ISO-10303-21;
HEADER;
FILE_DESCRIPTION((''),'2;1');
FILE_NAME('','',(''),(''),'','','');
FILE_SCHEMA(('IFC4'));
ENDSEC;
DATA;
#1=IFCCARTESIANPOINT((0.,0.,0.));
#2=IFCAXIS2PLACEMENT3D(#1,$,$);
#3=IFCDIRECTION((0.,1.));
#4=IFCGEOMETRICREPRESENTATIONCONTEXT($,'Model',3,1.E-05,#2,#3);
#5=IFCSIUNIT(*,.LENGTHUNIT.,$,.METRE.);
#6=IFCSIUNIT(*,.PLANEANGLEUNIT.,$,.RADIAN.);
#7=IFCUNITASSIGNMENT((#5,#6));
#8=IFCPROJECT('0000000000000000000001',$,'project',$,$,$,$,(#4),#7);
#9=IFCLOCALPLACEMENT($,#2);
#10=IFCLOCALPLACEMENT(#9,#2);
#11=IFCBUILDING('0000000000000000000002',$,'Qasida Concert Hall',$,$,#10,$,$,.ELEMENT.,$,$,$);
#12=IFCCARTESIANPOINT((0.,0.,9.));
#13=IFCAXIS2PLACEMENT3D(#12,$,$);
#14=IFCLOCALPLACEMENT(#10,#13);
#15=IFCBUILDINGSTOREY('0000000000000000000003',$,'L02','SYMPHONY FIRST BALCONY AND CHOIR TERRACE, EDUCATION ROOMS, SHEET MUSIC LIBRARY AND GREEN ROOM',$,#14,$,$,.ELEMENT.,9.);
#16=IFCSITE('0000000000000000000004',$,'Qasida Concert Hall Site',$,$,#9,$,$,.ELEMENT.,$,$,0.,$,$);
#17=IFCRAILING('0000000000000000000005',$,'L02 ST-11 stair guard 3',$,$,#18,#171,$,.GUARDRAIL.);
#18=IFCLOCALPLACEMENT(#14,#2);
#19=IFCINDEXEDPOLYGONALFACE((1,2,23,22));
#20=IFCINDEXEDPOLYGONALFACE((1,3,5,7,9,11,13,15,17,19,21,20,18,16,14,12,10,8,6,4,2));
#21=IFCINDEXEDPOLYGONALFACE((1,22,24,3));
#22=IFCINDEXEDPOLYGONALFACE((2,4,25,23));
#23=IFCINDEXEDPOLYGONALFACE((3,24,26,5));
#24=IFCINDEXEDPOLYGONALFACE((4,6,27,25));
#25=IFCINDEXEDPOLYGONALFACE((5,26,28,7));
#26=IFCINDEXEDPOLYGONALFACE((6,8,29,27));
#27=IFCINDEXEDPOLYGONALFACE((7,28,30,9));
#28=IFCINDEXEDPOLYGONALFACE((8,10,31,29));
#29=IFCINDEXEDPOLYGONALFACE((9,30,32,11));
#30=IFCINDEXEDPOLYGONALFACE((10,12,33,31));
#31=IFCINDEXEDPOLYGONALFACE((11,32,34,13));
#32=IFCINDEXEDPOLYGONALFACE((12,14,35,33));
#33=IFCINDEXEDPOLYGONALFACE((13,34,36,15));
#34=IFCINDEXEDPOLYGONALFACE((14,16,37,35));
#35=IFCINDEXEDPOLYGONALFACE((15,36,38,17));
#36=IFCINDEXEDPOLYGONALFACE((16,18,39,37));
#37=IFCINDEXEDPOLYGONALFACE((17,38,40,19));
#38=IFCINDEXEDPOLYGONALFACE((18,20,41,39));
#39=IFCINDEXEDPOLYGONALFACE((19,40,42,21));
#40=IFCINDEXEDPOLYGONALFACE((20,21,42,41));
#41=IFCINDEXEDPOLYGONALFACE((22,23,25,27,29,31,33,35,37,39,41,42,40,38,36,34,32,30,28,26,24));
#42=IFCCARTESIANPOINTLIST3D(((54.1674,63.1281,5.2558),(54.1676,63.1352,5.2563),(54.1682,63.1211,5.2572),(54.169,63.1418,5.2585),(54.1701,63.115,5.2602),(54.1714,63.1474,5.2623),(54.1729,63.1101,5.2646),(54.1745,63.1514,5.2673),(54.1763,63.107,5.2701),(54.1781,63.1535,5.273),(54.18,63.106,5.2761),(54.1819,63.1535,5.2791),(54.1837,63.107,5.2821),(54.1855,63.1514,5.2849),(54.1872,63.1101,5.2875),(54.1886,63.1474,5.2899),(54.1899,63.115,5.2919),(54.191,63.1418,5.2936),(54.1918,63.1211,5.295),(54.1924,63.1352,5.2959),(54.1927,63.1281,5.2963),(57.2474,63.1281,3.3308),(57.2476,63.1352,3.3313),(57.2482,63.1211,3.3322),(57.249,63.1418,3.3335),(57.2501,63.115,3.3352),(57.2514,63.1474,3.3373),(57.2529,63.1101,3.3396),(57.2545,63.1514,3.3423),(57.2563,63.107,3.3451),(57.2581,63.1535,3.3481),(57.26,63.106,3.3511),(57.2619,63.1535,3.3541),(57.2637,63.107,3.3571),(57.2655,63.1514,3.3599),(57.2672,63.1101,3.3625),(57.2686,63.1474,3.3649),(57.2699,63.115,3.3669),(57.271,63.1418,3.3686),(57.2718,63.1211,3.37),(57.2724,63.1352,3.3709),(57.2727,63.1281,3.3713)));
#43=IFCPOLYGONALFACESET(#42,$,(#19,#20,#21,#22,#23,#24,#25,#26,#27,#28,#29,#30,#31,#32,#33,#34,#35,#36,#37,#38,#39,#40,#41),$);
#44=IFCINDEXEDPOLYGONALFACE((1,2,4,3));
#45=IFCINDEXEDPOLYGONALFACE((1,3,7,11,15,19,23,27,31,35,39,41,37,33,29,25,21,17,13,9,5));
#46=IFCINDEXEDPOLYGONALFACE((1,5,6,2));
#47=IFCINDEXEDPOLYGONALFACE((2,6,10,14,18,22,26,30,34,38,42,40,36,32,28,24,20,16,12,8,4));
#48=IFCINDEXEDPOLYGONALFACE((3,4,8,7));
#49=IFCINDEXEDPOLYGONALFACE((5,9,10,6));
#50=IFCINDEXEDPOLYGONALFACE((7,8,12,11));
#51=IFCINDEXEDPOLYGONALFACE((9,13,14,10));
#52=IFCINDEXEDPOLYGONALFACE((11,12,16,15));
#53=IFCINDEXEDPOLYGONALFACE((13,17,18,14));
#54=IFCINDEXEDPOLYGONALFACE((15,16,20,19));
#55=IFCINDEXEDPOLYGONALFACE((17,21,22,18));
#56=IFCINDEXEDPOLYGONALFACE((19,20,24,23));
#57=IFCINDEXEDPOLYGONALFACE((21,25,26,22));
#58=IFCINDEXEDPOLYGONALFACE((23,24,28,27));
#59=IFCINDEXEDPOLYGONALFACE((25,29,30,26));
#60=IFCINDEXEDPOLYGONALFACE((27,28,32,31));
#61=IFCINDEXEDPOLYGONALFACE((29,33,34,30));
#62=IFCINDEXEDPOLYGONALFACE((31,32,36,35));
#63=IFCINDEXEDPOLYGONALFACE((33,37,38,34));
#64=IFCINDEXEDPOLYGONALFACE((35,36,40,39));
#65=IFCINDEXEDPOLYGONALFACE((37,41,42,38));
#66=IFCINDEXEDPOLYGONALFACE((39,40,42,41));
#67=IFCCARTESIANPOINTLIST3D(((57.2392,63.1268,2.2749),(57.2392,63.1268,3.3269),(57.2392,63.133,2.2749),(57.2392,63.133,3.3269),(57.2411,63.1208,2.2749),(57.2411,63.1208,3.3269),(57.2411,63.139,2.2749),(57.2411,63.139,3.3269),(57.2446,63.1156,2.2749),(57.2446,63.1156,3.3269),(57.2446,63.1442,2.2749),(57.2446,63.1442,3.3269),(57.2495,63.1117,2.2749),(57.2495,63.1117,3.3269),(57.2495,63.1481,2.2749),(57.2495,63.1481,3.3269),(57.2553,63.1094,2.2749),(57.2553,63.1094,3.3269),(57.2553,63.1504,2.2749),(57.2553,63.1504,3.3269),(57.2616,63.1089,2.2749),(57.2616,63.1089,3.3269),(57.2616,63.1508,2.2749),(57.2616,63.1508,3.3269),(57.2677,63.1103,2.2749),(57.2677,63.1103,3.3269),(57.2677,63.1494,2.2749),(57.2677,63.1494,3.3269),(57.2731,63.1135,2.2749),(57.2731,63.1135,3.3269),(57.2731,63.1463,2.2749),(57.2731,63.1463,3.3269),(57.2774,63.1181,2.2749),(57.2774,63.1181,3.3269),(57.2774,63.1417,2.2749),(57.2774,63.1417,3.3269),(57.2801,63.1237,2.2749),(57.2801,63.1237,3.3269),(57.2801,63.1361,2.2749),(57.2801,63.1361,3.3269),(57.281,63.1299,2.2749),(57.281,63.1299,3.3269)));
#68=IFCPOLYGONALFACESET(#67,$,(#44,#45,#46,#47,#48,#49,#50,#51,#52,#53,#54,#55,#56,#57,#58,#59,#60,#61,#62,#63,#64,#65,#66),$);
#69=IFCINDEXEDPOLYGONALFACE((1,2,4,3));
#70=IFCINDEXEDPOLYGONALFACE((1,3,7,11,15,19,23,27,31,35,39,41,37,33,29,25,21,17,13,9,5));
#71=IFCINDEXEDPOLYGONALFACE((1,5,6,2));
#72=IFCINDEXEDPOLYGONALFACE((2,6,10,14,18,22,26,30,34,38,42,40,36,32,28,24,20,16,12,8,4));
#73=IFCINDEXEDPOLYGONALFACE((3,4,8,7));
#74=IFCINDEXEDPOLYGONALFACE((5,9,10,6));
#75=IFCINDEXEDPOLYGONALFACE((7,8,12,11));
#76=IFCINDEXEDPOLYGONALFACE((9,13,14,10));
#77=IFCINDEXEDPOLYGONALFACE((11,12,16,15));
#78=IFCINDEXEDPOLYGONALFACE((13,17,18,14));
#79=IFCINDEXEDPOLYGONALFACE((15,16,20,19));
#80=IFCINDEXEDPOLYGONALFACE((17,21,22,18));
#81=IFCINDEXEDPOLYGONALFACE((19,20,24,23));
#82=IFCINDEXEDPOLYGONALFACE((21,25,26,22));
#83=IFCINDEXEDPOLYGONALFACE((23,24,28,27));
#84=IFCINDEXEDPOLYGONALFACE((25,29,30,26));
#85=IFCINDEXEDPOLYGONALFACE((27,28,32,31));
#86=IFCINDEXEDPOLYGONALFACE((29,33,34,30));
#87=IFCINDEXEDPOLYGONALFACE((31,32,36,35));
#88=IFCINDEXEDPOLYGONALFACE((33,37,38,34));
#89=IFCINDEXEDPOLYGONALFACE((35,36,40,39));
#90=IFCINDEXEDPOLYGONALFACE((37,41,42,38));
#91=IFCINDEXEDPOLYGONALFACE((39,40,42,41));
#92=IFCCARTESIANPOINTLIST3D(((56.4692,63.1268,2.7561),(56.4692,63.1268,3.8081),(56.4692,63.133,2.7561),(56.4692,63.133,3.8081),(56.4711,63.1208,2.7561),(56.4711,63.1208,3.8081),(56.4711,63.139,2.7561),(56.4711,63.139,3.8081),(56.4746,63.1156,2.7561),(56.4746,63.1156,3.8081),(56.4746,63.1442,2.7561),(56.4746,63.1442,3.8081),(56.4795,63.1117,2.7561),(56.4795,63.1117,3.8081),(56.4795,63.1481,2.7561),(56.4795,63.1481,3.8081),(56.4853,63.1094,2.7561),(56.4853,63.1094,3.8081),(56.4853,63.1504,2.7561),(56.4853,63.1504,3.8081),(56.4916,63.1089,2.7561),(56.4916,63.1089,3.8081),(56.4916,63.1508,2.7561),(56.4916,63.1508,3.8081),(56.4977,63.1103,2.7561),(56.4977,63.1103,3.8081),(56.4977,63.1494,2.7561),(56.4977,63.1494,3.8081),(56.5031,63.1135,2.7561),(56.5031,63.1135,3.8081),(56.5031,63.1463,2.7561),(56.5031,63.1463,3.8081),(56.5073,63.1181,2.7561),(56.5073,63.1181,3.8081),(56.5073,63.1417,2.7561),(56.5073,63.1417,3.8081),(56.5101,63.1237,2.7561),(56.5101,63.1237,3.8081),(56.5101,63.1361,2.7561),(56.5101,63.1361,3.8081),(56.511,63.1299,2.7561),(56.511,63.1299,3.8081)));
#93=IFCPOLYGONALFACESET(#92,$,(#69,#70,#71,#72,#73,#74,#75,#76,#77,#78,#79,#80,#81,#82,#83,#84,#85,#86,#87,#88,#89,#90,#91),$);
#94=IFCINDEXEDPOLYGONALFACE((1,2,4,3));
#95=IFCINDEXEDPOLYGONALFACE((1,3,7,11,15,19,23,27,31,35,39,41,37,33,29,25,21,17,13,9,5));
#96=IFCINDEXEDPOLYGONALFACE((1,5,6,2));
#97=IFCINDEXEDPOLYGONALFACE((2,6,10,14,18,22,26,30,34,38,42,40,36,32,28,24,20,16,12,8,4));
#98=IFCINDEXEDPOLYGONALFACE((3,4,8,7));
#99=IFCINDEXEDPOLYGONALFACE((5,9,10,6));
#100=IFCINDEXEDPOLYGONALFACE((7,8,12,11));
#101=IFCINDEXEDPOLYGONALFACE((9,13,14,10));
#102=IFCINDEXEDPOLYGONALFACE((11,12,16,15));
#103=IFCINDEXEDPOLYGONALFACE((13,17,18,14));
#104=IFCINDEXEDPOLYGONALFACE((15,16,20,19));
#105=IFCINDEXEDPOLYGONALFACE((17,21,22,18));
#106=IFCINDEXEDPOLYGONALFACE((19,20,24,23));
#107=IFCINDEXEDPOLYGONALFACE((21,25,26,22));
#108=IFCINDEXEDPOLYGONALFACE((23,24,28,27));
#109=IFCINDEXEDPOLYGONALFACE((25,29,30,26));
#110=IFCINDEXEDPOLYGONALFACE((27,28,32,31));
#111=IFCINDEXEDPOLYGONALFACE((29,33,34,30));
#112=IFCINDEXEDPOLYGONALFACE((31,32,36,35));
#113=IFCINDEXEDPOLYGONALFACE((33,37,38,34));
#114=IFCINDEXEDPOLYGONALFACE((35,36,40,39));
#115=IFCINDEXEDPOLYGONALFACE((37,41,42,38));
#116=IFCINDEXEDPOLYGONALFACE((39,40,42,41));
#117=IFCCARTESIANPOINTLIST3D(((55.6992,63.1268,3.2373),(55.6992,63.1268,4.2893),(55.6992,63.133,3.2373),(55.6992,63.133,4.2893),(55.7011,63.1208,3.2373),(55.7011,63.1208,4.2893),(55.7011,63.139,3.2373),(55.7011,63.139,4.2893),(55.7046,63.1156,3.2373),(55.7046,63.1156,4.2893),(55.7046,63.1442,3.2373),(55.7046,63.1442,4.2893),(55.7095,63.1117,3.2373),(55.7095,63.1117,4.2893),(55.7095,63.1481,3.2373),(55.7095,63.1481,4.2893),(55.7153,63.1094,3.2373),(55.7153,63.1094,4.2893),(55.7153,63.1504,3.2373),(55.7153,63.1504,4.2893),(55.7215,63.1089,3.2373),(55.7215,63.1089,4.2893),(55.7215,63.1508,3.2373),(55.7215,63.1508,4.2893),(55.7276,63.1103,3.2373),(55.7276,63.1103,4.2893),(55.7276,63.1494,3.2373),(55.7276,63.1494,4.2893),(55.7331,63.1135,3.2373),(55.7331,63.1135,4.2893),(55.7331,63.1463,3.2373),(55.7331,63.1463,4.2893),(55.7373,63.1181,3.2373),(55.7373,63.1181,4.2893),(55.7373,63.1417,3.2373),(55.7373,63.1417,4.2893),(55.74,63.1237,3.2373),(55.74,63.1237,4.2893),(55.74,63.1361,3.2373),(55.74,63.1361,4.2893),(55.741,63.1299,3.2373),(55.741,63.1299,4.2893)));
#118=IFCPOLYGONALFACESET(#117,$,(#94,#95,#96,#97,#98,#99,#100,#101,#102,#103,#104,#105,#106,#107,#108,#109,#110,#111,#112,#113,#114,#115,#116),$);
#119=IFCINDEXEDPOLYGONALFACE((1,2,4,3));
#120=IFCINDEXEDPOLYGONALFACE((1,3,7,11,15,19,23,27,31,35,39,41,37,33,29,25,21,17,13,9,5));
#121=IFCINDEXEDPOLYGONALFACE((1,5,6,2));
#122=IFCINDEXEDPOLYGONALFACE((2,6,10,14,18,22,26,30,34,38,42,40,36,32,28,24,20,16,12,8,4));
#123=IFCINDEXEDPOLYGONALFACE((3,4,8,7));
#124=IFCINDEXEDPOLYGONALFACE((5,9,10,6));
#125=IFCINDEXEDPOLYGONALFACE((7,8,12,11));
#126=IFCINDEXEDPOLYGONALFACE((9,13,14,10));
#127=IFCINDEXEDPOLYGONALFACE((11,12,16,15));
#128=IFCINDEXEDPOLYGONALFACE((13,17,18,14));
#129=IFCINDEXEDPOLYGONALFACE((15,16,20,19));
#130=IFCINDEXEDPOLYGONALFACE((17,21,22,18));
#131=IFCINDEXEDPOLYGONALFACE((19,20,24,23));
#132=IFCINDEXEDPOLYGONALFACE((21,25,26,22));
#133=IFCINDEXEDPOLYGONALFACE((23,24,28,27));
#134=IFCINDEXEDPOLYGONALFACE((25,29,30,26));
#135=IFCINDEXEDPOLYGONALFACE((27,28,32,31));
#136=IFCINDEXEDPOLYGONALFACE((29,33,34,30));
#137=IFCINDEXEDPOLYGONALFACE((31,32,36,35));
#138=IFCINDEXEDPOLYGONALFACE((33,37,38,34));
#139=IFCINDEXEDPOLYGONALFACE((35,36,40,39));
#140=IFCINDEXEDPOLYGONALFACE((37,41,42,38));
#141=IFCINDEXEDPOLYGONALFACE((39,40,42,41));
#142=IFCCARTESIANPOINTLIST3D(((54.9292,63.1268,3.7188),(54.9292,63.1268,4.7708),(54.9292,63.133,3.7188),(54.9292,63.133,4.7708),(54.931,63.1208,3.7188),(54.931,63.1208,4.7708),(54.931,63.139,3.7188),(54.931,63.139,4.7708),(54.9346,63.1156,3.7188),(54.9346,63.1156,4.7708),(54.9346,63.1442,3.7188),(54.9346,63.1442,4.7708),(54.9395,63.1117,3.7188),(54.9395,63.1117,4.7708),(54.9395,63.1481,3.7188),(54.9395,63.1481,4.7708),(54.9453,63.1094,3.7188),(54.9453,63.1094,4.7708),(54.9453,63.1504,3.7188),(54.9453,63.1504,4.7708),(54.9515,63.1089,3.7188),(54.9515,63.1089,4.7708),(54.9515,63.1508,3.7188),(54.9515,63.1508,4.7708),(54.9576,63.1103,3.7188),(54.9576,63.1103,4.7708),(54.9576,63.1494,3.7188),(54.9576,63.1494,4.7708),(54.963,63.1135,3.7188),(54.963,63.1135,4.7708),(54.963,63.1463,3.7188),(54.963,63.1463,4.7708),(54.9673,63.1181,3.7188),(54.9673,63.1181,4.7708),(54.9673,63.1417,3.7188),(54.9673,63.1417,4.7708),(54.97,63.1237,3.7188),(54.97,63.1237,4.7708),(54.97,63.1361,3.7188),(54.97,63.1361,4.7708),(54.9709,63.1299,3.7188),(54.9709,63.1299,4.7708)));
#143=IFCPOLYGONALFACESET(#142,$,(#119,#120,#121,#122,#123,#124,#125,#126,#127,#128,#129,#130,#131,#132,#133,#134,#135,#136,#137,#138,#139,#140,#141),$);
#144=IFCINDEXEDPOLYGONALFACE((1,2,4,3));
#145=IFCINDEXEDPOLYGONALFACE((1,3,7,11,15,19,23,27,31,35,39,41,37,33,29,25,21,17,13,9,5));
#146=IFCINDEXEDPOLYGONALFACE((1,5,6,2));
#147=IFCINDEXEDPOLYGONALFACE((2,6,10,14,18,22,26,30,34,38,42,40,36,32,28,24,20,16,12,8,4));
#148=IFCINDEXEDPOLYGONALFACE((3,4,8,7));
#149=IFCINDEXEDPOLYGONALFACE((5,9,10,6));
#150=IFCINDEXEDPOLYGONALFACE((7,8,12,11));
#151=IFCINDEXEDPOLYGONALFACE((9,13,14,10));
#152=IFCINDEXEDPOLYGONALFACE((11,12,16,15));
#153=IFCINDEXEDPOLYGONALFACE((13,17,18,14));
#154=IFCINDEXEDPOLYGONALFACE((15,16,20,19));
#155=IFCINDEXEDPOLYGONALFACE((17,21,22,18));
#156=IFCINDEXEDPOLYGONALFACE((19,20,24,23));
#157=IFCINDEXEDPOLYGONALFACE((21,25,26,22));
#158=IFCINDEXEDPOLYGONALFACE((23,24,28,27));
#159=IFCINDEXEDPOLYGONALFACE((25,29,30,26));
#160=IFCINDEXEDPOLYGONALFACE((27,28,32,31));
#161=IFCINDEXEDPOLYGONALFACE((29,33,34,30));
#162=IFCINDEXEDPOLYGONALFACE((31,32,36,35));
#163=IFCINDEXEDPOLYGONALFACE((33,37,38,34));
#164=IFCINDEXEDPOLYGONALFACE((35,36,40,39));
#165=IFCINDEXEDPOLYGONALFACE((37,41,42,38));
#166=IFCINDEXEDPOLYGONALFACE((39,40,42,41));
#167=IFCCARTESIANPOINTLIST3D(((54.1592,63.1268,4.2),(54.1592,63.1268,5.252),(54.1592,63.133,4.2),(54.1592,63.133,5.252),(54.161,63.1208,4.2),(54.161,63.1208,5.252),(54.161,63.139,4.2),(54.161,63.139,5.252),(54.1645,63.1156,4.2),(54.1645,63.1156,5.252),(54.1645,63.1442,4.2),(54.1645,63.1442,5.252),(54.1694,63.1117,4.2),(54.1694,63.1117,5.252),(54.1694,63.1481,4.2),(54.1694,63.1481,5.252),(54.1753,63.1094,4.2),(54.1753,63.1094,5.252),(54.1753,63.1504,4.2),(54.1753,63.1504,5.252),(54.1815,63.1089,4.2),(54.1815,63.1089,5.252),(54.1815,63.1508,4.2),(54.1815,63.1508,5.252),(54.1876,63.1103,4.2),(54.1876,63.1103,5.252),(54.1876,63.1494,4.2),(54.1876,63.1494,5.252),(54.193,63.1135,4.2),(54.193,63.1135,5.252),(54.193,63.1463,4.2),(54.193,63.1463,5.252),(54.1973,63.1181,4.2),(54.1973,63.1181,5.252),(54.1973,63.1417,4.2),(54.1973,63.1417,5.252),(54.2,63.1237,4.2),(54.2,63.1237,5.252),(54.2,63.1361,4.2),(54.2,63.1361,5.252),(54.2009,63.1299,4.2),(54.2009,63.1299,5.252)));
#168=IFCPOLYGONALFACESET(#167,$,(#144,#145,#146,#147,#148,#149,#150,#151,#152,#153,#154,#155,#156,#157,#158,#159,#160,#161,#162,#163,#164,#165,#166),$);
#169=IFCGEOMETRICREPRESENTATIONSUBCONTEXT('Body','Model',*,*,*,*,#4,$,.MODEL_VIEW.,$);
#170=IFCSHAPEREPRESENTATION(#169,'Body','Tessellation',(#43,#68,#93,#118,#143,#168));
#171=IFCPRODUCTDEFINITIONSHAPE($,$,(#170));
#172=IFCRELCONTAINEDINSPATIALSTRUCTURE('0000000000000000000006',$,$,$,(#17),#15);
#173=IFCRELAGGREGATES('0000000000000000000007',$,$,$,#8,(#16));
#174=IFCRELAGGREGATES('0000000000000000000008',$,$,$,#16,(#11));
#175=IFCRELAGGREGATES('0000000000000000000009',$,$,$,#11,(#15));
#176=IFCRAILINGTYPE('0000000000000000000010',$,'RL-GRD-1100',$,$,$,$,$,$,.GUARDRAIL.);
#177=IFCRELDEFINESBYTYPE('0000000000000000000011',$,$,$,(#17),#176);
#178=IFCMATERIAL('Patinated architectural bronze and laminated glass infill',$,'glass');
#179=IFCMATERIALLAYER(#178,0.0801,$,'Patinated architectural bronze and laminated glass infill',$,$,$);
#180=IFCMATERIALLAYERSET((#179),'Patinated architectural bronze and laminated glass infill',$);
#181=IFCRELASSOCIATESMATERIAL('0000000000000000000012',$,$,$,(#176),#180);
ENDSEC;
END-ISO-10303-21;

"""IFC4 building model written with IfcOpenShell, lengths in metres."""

from ifc_helpers import new_model, si_unit, direction, frame, origin, origin_2d, place, context, subcontext, project, spatial, circle, extrude, material, layer, layer_set, type_object, element, save


model = new_model("IFC4")

# Units and contexts
model_context = context("Model", 3, precision=1e-05, world=origin(), true_north=direction((0.0, 1.0)))
body_context = subcontext(model_context, "Body", "Model", "MODEL_VIEW")
ifc_project = project(units=[si_unit("LENGTHUNIT", "METRE"), si_unit("PLANEANGLEUNIT", "RADIAN")], contexts=[model_context])

# Site, building, storey
site_placement = place(None, origin())
site = spatial("IfcSite", under=ifc_project, at=site_placement, Name="Qasida Concert Hall Site", CompositionType="ELEMENT", RefElevation=0.0)
building_placement = place(site_placement, origin())
building = spatial("IfcBuilding", under=site, at=building_placement, Name="Qasida Concert Hall", CompositionType="ELEMENT")
storey_placement = place(building_placement, frame((0.0, 0.0, 9.0)))
storey = spatial("IfcBuildingStorey", under=building, at=storey_placement, Name="L02", Description="SYMPHONY FIRST BALCONY AND CHOIR TERRACE, EDUCATION ROOMS, SHEET MUSIC LIBRARY AND GREEN ROOM", CompositionType="ELEMENT", Elevation=9.0)

# Railing
ifc_material_1 = material(Name="Patinated architectural bronze and laminated glass infill", Category="glass")
ifc_layer_1 = layer(ifc_material_1, 0.0801, Name="Patinated architectural bronze and laminated glass infill")
ifc_layer_set_1 = layer_set([ifc_layer_1], Name="Patinated architectural bronze and laminated glass infill")
railing_type_1 = type_object("IfcRailingType", Name="RL-GRD-1100", PredefinedType="GUARDRAIL", material=ifc_layer_set_1)
railing_1_placement = place(storey_placement, frame((57.26, 63.1299, 2.2749)))
element("IfcRailing", 1, at=railing_1_placement, inside=storey, type_object=railing_type_1, Name="L02 ST-11 stair guard 3", PredefinedType="GUARDRAIL", context=body_context, shape_type="SweptSolid", body=[
    extrude(circle(Radius=0.0239, at=origin_2d()), frame((0.0, 0.0, 1.0762), z_axis=(-0.847998, 0.0, 0.529999), x_axis=(0.0, -1.0, 0.0)), (0.0, 0.0, 1.0), 3.6321),
    extrude(circle(Radius=0.021, at=origin_2d()), origin(), (0.0, 0.0, 1.0), 1.052),
    extrude(circle(Radius=0.021, at=origin_2d()), frame((-0.77, 0.0, 0.4812)), (0.0, 0.0, 1.0), 1.052),
    extrude(circle(Radius=0.021, at=origin_2d()), frame((-1.54, 0.0, 0.9624)), (0.0, 0.0, 1.0), 1.052),
    extrude(circle(Radius=0.021, at=origin_2d()), frame((-2.3101, 0.0, 1.4438)), (0.0, 0.0, 1.0), 1.052),
    extrude(circle(Radius=0.021, at=origin_2d()), frame((-3.0801, 0.0, 1.925)), (0.0, 0.0, 1.0), 1.052),
])

save(model, "model.ifc")
